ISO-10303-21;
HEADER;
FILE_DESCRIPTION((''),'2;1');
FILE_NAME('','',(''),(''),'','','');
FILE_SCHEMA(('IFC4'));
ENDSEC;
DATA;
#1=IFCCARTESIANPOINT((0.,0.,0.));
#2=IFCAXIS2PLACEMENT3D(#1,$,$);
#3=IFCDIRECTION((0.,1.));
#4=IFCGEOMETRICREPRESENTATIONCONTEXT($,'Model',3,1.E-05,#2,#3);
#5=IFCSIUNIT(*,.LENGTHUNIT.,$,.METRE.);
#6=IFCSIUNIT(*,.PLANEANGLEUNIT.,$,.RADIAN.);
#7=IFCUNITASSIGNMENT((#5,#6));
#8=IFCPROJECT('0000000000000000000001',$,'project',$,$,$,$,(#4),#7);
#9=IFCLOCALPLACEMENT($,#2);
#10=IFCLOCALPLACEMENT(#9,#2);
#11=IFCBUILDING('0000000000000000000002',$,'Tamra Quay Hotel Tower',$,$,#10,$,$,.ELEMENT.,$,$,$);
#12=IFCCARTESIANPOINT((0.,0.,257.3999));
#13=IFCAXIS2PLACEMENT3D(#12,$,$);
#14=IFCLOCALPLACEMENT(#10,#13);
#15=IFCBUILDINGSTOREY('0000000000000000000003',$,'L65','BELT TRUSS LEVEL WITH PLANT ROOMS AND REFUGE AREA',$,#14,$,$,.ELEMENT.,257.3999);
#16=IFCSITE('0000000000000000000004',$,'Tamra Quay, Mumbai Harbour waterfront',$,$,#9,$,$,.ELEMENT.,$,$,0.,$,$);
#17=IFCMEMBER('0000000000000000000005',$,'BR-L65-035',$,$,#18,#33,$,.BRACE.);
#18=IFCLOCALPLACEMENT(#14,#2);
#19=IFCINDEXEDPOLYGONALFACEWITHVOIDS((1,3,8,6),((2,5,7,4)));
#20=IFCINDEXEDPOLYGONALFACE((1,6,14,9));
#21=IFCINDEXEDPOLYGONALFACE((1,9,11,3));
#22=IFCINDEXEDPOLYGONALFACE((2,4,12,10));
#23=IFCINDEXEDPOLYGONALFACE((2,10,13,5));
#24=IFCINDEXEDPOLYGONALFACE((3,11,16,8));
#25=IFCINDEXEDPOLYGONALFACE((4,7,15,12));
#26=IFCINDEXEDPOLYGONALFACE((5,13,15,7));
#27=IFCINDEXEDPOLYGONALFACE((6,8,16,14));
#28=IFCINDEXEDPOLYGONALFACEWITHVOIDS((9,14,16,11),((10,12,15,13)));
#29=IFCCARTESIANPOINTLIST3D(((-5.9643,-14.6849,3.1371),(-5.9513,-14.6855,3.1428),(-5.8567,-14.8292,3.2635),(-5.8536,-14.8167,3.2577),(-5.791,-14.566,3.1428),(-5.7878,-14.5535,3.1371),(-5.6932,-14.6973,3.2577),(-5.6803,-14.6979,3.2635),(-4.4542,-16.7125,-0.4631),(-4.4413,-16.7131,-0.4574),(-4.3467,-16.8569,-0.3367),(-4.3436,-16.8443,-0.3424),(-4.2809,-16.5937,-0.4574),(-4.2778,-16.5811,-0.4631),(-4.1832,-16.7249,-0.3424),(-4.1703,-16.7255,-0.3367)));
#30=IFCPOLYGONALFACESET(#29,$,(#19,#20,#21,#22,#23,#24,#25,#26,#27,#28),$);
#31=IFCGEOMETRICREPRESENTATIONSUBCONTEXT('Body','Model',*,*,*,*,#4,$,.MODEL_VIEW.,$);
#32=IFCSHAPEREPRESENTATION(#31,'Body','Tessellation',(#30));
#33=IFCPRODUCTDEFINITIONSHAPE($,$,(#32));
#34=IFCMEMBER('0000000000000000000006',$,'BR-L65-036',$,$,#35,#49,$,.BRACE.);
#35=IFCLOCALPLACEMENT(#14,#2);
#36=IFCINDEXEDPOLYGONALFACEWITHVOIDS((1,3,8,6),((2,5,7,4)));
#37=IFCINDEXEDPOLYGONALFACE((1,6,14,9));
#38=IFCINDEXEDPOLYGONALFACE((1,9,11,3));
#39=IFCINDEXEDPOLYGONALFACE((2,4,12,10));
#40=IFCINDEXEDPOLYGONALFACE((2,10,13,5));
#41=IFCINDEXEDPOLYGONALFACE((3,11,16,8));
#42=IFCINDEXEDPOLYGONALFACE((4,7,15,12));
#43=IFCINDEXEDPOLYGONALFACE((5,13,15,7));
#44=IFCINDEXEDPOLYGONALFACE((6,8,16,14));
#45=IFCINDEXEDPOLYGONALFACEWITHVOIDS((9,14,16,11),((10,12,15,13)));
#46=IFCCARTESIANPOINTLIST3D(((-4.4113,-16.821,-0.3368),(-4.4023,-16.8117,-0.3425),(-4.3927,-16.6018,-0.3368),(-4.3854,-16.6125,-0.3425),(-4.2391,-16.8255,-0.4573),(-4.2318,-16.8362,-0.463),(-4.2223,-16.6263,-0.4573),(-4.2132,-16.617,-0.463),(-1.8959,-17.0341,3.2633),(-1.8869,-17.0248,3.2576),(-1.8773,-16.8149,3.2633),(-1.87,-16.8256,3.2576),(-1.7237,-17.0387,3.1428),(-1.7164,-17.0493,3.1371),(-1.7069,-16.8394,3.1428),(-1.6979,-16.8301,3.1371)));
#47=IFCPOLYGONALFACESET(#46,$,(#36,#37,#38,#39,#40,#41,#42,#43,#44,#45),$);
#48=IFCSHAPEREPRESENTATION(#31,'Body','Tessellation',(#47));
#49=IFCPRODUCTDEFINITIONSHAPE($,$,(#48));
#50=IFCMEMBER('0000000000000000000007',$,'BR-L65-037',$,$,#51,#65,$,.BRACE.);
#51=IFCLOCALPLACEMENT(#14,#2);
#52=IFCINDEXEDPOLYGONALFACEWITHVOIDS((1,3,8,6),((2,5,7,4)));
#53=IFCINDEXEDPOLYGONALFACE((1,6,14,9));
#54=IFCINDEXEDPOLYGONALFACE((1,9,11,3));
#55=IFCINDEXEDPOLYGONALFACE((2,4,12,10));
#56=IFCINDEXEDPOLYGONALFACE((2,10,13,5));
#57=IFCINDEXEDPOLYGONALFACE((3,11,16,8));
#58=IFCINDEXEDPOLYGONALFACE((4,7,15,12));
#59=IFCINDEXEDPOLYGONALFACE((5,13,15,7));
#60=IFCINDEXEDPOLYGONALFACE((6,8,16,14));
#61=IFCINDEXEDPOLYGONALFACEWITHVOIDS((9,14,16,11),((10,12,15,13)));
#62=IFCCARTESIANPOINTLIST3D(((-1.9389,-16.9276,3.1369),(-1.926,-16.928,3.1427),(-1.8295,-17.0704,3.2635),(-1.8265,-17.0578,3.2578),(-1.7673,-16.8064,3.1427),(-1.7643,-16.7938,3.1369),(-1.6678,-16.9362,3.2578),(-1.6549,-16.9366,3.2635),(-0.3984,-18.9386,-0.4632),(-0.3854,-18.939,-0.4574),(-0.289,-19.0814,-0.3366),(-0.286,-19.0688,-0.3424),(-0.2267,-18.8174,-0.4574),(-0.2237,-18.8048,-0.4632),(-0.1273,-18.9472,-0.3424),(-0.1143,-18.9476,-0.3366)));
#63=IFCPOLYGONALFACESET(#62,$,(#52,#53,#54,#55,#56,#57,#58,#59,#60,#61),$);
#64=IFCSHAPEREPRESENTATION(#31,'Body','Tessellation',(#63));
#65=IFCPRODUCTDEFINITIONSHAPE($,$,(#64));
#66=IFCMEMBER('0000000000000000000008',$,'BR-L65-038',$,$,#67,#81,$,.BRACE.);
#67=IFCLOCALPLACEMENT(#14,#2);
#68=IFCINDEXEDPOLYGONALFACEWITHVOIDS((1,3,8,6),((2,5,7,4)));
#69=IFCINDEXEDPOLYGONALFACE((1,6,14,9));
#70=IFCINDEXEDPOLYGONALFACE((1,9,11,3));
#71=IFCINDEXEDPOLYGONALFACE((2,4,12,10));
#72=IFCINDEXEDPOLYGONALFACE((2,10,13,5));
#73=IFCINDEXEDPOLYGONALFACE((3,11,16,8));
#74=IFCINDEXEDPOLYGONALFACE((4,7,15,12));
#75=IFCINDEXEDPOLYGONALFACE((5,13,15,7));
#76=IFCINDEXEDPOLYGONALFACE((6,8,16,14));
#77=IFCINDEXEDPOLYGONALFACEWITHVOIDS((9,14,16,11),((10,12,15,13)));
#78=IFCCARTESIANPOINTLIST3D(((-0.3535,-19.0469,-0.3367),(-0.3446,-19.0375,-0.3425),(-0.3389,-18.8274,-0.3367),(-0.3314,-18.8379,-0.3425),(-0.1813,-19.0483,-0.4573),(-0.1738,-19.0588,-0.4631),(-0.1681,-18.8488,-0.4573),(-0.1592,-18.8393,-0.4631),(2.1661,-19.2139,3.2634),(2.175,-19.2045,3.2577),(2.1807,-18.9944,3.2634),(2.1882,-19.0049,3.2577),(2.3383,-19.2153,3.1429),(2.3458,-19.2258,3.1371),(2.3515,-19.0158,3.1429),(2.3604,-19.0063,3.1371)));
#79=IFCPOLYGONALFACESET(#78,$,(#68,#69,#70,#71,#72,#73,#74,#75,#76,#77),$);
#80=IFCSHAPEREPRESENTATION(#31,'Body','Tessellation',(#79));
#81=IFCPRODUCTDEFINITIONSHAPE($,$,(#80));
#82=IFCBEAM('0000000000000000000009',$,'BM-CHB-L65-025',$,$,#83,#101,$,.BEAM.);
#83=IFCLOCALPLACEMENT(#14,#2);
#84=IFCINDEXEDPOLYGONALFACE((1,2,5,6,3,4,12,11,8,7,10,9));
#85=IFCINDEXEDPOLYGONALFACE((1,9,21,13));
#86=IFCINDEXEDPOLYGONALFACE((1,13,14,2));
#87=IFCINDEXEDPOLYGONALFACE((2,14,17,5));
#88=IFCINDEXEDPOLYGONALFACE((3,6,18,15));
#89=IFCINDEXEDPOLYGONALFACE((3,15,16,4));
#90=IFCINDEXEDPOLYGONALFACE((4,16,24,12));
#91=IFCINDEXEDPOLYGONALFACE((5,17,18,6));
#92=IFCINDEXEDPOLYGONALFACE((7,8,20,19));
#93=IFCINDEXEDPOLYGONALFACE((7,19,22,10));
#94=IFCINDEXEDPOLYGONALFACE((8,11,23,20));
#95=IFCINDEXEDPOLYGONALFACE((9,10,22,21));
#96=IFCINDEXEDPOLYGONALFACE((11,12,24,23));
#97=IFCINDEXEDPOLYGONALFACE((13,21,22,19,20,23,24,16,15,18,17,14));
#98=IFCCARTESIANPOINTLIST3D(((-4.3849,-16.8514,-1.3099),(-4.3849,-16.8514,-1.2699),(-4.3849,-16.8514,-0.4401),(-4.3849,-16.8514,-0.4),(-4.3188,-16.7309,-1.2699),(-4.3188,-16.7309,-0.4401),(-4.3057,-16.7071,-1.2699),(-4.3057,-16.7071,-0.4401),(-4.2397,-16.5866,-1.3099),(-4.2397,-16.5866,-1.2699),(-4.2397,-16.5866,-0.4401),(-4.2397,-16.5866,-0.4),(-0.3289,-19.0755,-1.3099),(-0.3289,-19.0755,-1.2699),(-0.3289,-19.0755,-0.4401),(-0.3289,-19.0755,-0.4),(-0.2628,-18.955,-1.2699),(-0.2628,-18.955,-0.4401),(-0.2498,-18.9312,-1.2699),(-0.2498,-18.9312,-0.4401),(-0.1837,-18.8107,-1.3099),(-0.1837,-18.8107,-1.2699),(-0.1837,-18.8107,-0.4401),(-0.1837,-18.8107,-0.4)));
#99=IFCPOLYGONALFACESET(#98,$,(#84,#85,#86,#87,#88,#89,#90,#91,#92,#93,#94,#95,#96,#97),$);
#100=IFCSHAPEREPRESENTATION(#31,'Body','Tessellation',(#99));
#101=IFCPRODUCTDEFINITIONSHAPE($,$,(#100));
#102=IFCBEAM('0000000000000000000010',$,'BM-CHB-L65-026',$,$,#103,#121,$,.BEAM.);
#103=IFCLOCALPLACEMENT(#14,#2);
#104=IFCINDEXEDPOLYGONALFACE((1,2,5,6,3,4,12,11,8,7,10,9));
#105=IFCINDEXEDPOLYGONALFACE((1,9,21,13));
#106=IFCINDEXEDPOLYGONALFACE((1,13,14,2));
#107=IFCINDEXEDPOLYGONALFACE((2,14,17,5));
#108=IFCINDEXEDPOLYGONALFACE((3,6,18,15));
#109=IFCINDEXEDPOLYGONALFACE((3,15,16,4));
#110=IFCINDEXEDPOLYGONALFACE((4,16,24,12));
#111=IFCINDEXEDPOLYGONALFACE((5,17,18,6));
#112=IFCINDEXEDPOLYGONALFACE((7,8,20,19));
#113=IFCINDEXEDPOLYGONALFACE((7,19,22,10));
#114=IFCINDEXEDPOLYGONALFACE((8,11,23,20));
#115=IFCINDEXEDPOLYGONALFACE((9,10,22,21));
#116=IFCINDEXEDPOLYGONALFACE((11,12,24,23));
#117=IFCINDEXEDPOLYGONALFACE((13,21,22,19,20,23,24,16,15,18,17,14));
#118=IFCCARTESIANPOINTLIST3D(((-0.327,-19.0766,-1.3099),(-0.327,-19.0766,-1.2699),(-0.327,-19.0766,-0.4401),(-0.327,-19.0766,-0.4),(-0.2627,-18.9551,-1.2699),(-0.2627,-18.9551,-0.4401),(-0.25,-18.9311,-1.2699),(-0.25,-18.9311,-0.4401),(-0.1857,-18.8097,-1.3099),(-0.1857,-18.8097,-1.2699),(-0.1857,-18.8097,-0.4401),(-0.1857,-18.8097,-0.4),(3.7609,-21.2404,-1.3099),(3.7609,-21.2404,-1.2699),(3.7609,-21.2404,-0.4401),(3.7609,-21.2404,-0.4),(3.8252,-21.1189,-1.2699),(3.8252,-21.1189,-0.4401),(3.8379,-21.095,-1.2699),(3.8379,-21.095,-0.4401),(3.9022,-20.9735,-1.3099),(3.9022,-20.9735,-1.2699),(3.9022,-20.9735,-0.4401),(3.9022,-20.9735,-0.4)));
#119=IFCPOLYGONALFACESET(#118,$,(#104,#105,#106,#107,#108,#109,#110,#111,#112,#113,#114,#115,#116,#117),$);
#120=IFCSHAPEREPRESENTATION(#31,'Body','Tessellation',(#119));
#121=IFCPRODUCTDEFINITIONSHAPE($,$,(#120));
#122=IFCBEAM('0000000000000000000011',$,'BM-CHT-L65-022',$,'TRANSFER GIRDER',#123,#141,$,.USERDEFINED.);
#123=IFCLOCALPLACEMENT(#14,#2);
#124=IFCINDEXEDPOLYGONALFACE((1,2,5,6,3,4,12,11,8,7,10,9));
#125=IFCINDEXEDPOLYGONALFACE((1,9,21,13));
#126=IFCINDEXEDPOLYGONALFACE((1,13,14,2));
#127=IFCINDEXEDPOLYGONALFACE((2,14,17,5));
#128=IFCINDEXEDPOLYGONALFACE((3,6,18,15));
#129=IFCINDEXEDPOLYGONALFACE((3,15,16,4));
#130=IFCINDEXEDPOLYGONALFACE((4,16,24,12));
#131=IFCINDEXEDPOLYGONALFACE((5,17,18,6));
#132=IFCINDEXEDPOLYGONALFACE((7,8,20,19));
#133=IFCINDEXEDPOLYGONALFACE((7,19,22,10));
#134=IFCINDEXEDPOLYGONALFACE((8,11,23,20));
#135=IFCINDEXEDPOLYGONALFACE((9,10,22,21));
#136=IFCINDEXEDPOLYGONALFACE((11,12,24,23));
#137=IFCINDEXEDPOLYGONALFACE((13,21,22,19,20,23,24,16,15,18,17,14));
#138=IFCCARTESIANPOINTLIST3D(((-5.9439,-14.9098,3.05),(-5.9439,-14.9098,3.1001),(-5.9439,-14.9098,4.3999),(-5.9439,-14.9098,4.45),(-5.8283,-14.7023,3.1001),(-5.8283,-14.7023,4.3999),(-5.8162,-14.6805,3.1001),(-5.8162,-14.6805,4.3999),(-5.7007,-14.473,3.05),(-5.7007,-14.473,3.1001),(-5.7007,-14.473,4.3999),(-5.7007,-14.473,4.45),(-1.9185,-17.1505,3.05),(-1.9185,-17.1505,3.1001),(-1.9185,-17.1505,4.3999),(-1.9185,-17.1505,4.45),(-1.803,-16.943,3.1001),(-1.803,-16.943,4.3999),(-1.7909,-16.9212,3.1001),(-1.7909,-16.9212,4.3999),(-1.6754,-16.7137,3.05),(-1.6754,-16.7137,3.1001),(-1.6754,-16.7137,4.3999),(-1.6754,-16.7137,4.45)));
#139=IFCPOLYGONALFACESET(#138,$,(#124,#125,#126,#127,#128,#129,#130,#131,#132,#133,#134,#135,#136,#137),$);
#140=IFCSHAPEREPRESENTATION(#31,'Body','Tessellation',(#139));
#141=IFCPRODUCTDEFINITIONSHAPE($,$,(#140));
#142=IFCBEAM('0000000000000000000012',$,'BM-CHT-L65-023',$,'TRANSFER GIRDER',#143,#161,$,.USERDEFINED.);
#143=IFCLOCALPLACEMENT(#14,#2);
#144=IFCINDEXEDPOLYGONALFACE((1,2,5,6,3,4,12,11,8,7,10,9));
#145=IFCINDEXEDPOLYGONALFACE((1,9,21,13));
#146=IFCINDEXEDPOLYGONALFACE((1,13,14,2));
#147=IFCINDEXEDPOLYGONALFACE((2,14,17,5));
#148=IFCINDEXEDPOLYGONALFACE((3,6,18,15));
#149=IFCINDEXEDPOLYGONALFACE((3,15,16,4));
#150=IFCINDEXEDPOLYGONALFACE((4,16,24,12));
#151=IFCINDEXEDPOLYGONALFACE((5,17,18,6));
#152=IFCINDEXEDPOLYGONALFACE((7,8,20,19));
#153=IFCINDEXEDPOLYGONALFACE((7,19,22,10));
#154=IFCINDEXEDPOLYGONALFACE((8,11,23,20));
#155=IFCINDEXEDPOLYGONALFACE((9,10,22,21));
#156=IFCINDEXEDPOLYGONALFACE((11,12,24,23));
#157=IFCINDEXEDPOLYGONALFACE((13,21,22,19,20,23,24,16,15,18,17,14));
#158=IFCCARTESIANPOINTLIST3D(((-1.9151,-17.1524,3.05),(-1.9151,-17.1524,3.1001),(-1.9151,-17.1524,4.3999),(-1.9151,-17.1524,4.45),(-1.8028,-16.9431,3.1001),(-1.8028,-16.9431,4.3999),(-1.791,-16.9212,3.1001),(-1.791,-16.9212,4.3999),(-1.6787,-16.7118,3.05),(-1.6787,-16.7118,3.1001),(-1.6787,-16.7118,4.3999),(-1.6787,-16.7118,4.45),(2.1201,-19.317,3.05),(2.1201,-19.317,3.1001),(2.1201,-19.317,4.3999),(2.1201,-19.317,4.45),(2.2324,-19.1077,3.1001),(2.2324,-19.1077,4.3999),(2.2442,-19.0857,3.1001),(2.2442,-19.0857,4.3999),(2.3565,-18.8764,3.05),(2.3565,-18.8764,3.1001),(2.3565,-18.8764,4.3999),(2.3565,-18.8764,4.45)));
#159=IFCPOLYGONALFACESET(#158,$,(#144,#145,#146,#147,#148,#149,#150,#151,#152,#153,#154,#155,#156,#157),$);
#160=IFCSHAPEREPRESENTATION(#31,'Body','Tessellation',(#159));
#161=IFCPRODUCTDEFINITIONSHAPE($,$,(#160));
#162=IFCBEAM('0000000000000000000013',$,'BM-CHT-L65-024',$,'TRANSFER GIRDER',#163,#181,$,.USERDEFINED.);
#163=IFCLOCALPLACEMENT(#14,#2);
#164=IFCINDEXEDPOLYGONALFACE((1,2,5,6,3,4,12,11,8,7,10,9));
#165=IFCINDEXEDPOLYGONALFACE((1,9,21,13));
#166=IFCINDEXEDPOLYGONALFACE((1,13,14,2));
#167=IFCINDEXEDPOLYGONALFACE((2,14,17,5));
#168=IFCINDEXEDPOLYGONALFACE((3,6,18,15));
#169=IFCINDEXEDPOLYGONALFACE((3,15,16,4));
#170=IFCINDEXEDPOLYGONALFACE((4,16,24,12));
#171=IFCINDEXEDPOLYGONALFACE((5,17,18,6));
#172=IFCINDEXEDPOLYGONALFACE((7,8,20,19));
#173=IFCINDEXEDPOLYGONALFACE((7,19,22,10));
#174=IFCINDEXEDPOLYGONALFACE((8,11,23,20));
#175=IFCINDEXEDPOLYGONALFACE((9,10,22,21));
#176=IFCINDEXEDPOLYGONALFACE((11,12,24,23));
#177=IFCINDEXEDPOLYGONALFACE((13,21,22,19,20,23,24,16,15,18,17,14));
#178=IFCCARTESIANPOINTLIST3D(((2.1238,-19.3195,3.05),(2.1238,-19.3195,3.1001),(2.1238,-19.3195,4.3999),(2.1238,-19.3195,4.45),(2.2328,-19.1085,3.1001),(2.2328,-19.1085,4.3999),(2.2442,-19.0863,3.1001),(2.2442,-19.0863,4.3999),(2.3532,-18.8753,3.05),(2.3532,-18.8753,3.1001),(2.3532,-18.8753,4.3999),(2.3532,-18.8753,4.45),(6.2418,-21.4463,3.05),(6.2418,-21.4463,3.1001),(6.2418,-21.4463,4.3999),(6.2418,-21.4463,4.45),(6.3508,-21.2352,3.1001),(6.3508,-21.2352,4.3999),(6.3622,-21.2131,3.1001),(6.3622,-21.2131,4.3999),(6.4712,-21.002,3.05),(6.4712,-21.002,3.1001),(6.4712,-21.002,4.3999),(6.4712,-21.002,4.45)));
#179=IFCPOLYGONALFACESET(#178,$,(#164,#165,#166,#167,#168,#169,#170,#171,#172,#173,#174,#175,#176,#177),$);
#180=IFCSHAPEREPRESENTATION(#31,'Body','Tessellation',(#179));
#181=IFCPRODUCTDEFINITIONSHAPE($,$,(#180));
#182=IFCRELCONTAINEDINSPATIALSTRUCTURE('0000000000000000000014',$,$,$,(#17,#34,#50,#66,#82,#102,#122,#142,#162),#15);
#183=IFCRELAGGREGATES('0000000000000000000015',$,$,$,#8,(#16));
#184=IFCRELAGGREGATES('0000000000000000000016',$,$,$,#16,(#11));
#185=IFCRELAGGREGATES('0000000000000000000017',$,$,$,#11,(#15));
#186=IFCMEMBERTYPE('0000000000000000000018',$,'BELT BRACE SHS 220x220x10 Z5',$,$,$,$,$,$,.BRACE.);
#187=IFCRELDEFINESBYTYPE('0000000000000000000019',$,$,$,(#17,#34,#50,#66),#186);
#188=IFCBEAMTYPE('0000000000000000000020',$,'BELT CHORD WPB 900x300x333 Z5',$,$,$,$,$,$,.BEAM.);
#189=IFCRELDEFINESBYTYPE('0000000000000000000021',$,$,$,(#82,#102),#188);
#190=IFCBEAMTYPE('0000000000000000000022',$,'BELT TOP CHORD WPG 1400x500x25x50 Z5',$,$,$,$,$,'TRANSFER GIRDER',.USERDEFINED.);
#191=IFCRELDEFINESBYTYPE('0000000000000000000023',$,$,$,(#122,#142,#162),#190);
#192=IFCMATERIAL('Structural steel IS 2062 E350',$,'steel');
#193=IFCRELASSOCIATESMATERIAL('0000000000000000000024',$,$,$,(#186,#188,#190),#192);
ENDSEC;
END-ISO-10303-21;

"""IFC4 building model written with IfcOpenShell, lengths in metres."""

from ifc_helpers import new_model, si_unit, direction, frame, origin, origin_2d, place, context, subcontext, project, spatial, hollow_rectangle, i_section, extrude, material, material_profile, profile_set, type_object, element, save


model = new_model("IFC4")

# Units and contexts
model_context = context("Model", 3, precision=1e-05, world=origin(), true_north=direction((0.0, 1.0)))
body_context = subcontext(model_context, "Body", "Model", "MODEL_VIEW")
ifc_project = project(units=[si_unit("LENGTHUNIT", "METRE"), si_unit("PLANEANGLEUNIT", "RADIAN")], contexts=[model_context])

# Site, building, storey
site_placement = place(None, origin())
site = spatial("IfcSite", under=ifc_project, at=site_placement, Name="Tamra Quay, Mumbai Harbour waterfront", CompositionType="ELEMENT", RefElevation=0.0)
building_placement = place(site_placement, origin())
building = spatial("IfcBuilding", under=site, at=building_placement, Name="Tamra Quay Hotel Tower", CompositionType="ELEMENT")
storey_placement = place(building_placement, frame((0.0, 0.0, 257.3999)))
storey = spatial("IfcBuildingStorey", under=building, at=storey_placement, Name="L65", Description="BELT TRUSS LEVEL WITH PLANT ROOMS AND REFUGE AREA", CompositionType="ELEMENT", Elevation=257.3999)

# Members
ifc_material_1 = material(Name="Structural steel IS 2062 E350", Category="steel")
ifc_material_profile_1 = material_profile(ifc_material_1, hollow_rectangle(XDim=0.22, YDim=0.22, WallThickness=0.01, at=origin_2d()), Name="SHS 220x220x10")
ifc_profile_set_1 = profile_set([ifc_material_profile_1], Name="Structural steel IS 2062 E350")
member_type = type_object("IfcMemberType", Name="BELT BRACE SHS 220x220x10 Z5", PredefinedType="BRACE", material=ifc_profile_set_1)
member_1_placement = place(storey_placement, frame((-4.3123, -16.719, -0.3999), z_axis=(-0.343255, 0.460911, 0.818374), x_axis=(-0.802023, -0.597293, 0.0)))
element("IfcMember", 1, at=member_1_placement, inside=storey, type_object=member_type, Name="BR-L65-035", PredefinedType="BRACE", context=body_context, shape_type="SweptSolid", body=[
    extrude(hollow_rectangle(XDim=0.22, YDim=0.22, WallThickness=0.01, at=origin_2d()), origin(), (0.0, 0.0, 1.0), 4.3992),
])
member_2_placement = place(storey_placement, frame((-4.3123, -16.719, -0.3999), z_axis=(0.572073, -0.048473, 0.818769), x_axis=(0.08443, 0.996429, 0.0)))
element("IfcMember", 2, at=member_2_placement, inside=storey, type_object=member_type, Name="BR-L65-036", PredefinedType="BRACE", context=body_context, shape_type="SweptSolid", body=[
    extrude(hollow_rectangle(XDim=0.22, YDim=0.22, WallThickness=0.01, at=origin_2d()), origin(), (0.0, 0.0, 1.0), 4.397),
])
member_3_placement = place(storey_placement, frame((-0.2563, -18.9431, -0.3999), z_axis=(-0.349957, 0.45683, 0.817824), x_axis=(-0.793841, -0.608126, 0.0)))
element("IfcMember", 3, at=member_3_placement, inside=storey, type_object=member_type, Name="BR-L65-037", PredefinedType="BRACE", context=body_context, shape_type="SweptSolid", body=[
    extrude(hollow_rectangle(XDim=0.22, YDim=0.22, WallThickness=0.01, at=origin_2d()), origin(), (0.0, 0.0, 1.0), 4.4021),
])
member_4_placement = place(storey_placement, frame((-0.2563, -18.9431, -0.3999), z_axis=(0.572967, -0.037976, 0.818698), x_axis=(0.066134, 0.997811, 0.0)))
element("IfcMember", 4, at=member_4_placement, inside=storey, type_object=member_type, Name="BR-L65-038", PredefinedType="BRACE", context=body_context, shape_type="SweptSolid", body=[
    extrude(hollow_rectangle(XDim=0.22, YDim=0.22, WallThickness=0.01, at=origin_2d()), origin(), (0.0, 0.0, 1.0), 4.3975),
])

# Beams
ifc_material_profile_2 = material_profile(ifc_material_1, i_section(OverallWidth=0.302, OverallDepth=0.9099, WebThickness=0.0271, FlangeThickness=0.04, at=origin_2d()), Name="WPB 900x300x333")
ifc_profile_set_2 = profile_set([ifc_material_profile_2], Name="Structural steel IS 2062 E350")
beam_type_1 = type_object("IfcBeamType", Name="BELT CHORD WPB 900x300x333 Z5", PredefinedType="BEAM", material=ifc_profile_set_2)
beam_1_placement = place(storey_placement, frame((-4.3123, -16.719, -0.855), z_axis=(0.87682, -0.480818, 0.0), x_axis=(0.480818, 0.87682, 0.0)))
element("IfcBeam", 5, at=beam_1_placement, inside=storey, type_object=beam_type_1, Name="BM-CHB-L65-025", PredefinedType="BEAM", context=body_context, shape_type="SweptSolid", body=[
    extrude(i_section(OverallWidth=0.302, OverallDepth=0.9099, WebThickness=0.0271, FlangeThickness=0.04, at=origin_2d()), origin(), (0.0, 0.0, 1.0), 4.6257),
])
beam_2_placement = place(storey_placement, frame((-0.2563, -18.9431, -0.855), z_axis=(0.88382, -0.467827, 0.0), x_axis=(0.467827, 0.88382, 0.0)))
element("IfcBeam", 6, at=beam_2_placement, inside=storey, type_object=beam_type_1, Name="BM-CHB-L65-026", PredefinedType="BEAM", context=body_context, shape_type="SweptSolid", body=[
    extrude(i_section(OverallWidth=0.302, OverallDepth=0.9099, WebThickness=0.0271, FlangeThickness=0.04, at=origin_2d()), origin(), (0.0, 0.0, 1.0), 4.6252),
])
ifc_material_profile_3 = material_profile(ifc_material_1, i_section(OverallWidth=0.5, OverallDepth=1.3999, WebThickness=0.0249, FlangeThickness=0.05, at=origin_2d()), Name="WPG 1400x500x25x50")
ifc_profile_set_3 = profile_set([ifc_material_profile_3], Name="Structural steel IS 2062 E350")
beam_type_2 = type_object("IfcBeamType", Name="BELT TOP CHORD WPG 1400x500x25x50 Z5", ElementType="TRANSFER GIRDER", PredefinedType="USERDEFINED", material=ifc_profile_set_3)
beam_3_placement = place(storey_placement, frame((-5.8223, -14.6914, 3.75), z_axis=(0.873752, -0.486372, 0.0), x_axis=(0.486372, 0.873752, 0.0)))
element("IfcBeam", 7, at=beam_3_placement, inside=storey, type_object=beam_type_2, Name="BM-CHT-L65-022", ObjectType="TRANSFER GIRDER", PredefinedType="USERDEFINED", context=body_context, shape_type="SweptSolid", body=[
    extrude(i_section(OverallWidth=0.5, OverallDepth=1.3999, WebThickness=0.0249, FlangeThickness=0.05, at=origin_2d()), origin(), (0.0, 0.0, 1.0), 4.6069),
])
beam_4_placement = place(storey_placement, frame((-1.7969, -16.9321, 3.75), z_axis=(0.88122, -0.472707, 0.0), x_axis=(0.472707, 0.88122, 0.0)))
element("IfcBeam", 8, at=beam_4_placement, inside=storey, type_object=beam_type_2, Name="BM-CHT-L65-023", ObjectType="TRANSFER GIRDER", PredefinedType="USERDEFINED", context=body_context, shape_type="SweptSolid", body=[
    extrude(i_section(OverallWidth=0.5, OverallDepth=1.3999, WebThickness=0.0249, FlangeThickness=0.05, at=origin_2d()), origin(), (0.0, 0.0, 1.0), 4.5791),
])
beam_5_placement = place(storey_placement, frame((2.2385, -19.0974, 3.75), z_axis=(0.888504, -0.45887, 0.0), x_axis=(0.45887, 0.888504, 0.0)))
element("IfcBeam", 9, at=beam_5_placement, inside=storey, type_object=beam_type_2, Name="BM-CHT-L65-024", ObjectType="TRANSFER GIRDER", PredefinedType="USERDEFINED", context=body_context, shape_type="SweptSolid", body=[
    extrude(i_section(OverallWidth=0.5, OverallDepth=1.3999, WebThickness=0.0249, FlangeThickness=0.05, at=origin_2d()), origin(), (0.0, 0.0, 1.0), 4.6348),
])

save(model, "model.ifc")
